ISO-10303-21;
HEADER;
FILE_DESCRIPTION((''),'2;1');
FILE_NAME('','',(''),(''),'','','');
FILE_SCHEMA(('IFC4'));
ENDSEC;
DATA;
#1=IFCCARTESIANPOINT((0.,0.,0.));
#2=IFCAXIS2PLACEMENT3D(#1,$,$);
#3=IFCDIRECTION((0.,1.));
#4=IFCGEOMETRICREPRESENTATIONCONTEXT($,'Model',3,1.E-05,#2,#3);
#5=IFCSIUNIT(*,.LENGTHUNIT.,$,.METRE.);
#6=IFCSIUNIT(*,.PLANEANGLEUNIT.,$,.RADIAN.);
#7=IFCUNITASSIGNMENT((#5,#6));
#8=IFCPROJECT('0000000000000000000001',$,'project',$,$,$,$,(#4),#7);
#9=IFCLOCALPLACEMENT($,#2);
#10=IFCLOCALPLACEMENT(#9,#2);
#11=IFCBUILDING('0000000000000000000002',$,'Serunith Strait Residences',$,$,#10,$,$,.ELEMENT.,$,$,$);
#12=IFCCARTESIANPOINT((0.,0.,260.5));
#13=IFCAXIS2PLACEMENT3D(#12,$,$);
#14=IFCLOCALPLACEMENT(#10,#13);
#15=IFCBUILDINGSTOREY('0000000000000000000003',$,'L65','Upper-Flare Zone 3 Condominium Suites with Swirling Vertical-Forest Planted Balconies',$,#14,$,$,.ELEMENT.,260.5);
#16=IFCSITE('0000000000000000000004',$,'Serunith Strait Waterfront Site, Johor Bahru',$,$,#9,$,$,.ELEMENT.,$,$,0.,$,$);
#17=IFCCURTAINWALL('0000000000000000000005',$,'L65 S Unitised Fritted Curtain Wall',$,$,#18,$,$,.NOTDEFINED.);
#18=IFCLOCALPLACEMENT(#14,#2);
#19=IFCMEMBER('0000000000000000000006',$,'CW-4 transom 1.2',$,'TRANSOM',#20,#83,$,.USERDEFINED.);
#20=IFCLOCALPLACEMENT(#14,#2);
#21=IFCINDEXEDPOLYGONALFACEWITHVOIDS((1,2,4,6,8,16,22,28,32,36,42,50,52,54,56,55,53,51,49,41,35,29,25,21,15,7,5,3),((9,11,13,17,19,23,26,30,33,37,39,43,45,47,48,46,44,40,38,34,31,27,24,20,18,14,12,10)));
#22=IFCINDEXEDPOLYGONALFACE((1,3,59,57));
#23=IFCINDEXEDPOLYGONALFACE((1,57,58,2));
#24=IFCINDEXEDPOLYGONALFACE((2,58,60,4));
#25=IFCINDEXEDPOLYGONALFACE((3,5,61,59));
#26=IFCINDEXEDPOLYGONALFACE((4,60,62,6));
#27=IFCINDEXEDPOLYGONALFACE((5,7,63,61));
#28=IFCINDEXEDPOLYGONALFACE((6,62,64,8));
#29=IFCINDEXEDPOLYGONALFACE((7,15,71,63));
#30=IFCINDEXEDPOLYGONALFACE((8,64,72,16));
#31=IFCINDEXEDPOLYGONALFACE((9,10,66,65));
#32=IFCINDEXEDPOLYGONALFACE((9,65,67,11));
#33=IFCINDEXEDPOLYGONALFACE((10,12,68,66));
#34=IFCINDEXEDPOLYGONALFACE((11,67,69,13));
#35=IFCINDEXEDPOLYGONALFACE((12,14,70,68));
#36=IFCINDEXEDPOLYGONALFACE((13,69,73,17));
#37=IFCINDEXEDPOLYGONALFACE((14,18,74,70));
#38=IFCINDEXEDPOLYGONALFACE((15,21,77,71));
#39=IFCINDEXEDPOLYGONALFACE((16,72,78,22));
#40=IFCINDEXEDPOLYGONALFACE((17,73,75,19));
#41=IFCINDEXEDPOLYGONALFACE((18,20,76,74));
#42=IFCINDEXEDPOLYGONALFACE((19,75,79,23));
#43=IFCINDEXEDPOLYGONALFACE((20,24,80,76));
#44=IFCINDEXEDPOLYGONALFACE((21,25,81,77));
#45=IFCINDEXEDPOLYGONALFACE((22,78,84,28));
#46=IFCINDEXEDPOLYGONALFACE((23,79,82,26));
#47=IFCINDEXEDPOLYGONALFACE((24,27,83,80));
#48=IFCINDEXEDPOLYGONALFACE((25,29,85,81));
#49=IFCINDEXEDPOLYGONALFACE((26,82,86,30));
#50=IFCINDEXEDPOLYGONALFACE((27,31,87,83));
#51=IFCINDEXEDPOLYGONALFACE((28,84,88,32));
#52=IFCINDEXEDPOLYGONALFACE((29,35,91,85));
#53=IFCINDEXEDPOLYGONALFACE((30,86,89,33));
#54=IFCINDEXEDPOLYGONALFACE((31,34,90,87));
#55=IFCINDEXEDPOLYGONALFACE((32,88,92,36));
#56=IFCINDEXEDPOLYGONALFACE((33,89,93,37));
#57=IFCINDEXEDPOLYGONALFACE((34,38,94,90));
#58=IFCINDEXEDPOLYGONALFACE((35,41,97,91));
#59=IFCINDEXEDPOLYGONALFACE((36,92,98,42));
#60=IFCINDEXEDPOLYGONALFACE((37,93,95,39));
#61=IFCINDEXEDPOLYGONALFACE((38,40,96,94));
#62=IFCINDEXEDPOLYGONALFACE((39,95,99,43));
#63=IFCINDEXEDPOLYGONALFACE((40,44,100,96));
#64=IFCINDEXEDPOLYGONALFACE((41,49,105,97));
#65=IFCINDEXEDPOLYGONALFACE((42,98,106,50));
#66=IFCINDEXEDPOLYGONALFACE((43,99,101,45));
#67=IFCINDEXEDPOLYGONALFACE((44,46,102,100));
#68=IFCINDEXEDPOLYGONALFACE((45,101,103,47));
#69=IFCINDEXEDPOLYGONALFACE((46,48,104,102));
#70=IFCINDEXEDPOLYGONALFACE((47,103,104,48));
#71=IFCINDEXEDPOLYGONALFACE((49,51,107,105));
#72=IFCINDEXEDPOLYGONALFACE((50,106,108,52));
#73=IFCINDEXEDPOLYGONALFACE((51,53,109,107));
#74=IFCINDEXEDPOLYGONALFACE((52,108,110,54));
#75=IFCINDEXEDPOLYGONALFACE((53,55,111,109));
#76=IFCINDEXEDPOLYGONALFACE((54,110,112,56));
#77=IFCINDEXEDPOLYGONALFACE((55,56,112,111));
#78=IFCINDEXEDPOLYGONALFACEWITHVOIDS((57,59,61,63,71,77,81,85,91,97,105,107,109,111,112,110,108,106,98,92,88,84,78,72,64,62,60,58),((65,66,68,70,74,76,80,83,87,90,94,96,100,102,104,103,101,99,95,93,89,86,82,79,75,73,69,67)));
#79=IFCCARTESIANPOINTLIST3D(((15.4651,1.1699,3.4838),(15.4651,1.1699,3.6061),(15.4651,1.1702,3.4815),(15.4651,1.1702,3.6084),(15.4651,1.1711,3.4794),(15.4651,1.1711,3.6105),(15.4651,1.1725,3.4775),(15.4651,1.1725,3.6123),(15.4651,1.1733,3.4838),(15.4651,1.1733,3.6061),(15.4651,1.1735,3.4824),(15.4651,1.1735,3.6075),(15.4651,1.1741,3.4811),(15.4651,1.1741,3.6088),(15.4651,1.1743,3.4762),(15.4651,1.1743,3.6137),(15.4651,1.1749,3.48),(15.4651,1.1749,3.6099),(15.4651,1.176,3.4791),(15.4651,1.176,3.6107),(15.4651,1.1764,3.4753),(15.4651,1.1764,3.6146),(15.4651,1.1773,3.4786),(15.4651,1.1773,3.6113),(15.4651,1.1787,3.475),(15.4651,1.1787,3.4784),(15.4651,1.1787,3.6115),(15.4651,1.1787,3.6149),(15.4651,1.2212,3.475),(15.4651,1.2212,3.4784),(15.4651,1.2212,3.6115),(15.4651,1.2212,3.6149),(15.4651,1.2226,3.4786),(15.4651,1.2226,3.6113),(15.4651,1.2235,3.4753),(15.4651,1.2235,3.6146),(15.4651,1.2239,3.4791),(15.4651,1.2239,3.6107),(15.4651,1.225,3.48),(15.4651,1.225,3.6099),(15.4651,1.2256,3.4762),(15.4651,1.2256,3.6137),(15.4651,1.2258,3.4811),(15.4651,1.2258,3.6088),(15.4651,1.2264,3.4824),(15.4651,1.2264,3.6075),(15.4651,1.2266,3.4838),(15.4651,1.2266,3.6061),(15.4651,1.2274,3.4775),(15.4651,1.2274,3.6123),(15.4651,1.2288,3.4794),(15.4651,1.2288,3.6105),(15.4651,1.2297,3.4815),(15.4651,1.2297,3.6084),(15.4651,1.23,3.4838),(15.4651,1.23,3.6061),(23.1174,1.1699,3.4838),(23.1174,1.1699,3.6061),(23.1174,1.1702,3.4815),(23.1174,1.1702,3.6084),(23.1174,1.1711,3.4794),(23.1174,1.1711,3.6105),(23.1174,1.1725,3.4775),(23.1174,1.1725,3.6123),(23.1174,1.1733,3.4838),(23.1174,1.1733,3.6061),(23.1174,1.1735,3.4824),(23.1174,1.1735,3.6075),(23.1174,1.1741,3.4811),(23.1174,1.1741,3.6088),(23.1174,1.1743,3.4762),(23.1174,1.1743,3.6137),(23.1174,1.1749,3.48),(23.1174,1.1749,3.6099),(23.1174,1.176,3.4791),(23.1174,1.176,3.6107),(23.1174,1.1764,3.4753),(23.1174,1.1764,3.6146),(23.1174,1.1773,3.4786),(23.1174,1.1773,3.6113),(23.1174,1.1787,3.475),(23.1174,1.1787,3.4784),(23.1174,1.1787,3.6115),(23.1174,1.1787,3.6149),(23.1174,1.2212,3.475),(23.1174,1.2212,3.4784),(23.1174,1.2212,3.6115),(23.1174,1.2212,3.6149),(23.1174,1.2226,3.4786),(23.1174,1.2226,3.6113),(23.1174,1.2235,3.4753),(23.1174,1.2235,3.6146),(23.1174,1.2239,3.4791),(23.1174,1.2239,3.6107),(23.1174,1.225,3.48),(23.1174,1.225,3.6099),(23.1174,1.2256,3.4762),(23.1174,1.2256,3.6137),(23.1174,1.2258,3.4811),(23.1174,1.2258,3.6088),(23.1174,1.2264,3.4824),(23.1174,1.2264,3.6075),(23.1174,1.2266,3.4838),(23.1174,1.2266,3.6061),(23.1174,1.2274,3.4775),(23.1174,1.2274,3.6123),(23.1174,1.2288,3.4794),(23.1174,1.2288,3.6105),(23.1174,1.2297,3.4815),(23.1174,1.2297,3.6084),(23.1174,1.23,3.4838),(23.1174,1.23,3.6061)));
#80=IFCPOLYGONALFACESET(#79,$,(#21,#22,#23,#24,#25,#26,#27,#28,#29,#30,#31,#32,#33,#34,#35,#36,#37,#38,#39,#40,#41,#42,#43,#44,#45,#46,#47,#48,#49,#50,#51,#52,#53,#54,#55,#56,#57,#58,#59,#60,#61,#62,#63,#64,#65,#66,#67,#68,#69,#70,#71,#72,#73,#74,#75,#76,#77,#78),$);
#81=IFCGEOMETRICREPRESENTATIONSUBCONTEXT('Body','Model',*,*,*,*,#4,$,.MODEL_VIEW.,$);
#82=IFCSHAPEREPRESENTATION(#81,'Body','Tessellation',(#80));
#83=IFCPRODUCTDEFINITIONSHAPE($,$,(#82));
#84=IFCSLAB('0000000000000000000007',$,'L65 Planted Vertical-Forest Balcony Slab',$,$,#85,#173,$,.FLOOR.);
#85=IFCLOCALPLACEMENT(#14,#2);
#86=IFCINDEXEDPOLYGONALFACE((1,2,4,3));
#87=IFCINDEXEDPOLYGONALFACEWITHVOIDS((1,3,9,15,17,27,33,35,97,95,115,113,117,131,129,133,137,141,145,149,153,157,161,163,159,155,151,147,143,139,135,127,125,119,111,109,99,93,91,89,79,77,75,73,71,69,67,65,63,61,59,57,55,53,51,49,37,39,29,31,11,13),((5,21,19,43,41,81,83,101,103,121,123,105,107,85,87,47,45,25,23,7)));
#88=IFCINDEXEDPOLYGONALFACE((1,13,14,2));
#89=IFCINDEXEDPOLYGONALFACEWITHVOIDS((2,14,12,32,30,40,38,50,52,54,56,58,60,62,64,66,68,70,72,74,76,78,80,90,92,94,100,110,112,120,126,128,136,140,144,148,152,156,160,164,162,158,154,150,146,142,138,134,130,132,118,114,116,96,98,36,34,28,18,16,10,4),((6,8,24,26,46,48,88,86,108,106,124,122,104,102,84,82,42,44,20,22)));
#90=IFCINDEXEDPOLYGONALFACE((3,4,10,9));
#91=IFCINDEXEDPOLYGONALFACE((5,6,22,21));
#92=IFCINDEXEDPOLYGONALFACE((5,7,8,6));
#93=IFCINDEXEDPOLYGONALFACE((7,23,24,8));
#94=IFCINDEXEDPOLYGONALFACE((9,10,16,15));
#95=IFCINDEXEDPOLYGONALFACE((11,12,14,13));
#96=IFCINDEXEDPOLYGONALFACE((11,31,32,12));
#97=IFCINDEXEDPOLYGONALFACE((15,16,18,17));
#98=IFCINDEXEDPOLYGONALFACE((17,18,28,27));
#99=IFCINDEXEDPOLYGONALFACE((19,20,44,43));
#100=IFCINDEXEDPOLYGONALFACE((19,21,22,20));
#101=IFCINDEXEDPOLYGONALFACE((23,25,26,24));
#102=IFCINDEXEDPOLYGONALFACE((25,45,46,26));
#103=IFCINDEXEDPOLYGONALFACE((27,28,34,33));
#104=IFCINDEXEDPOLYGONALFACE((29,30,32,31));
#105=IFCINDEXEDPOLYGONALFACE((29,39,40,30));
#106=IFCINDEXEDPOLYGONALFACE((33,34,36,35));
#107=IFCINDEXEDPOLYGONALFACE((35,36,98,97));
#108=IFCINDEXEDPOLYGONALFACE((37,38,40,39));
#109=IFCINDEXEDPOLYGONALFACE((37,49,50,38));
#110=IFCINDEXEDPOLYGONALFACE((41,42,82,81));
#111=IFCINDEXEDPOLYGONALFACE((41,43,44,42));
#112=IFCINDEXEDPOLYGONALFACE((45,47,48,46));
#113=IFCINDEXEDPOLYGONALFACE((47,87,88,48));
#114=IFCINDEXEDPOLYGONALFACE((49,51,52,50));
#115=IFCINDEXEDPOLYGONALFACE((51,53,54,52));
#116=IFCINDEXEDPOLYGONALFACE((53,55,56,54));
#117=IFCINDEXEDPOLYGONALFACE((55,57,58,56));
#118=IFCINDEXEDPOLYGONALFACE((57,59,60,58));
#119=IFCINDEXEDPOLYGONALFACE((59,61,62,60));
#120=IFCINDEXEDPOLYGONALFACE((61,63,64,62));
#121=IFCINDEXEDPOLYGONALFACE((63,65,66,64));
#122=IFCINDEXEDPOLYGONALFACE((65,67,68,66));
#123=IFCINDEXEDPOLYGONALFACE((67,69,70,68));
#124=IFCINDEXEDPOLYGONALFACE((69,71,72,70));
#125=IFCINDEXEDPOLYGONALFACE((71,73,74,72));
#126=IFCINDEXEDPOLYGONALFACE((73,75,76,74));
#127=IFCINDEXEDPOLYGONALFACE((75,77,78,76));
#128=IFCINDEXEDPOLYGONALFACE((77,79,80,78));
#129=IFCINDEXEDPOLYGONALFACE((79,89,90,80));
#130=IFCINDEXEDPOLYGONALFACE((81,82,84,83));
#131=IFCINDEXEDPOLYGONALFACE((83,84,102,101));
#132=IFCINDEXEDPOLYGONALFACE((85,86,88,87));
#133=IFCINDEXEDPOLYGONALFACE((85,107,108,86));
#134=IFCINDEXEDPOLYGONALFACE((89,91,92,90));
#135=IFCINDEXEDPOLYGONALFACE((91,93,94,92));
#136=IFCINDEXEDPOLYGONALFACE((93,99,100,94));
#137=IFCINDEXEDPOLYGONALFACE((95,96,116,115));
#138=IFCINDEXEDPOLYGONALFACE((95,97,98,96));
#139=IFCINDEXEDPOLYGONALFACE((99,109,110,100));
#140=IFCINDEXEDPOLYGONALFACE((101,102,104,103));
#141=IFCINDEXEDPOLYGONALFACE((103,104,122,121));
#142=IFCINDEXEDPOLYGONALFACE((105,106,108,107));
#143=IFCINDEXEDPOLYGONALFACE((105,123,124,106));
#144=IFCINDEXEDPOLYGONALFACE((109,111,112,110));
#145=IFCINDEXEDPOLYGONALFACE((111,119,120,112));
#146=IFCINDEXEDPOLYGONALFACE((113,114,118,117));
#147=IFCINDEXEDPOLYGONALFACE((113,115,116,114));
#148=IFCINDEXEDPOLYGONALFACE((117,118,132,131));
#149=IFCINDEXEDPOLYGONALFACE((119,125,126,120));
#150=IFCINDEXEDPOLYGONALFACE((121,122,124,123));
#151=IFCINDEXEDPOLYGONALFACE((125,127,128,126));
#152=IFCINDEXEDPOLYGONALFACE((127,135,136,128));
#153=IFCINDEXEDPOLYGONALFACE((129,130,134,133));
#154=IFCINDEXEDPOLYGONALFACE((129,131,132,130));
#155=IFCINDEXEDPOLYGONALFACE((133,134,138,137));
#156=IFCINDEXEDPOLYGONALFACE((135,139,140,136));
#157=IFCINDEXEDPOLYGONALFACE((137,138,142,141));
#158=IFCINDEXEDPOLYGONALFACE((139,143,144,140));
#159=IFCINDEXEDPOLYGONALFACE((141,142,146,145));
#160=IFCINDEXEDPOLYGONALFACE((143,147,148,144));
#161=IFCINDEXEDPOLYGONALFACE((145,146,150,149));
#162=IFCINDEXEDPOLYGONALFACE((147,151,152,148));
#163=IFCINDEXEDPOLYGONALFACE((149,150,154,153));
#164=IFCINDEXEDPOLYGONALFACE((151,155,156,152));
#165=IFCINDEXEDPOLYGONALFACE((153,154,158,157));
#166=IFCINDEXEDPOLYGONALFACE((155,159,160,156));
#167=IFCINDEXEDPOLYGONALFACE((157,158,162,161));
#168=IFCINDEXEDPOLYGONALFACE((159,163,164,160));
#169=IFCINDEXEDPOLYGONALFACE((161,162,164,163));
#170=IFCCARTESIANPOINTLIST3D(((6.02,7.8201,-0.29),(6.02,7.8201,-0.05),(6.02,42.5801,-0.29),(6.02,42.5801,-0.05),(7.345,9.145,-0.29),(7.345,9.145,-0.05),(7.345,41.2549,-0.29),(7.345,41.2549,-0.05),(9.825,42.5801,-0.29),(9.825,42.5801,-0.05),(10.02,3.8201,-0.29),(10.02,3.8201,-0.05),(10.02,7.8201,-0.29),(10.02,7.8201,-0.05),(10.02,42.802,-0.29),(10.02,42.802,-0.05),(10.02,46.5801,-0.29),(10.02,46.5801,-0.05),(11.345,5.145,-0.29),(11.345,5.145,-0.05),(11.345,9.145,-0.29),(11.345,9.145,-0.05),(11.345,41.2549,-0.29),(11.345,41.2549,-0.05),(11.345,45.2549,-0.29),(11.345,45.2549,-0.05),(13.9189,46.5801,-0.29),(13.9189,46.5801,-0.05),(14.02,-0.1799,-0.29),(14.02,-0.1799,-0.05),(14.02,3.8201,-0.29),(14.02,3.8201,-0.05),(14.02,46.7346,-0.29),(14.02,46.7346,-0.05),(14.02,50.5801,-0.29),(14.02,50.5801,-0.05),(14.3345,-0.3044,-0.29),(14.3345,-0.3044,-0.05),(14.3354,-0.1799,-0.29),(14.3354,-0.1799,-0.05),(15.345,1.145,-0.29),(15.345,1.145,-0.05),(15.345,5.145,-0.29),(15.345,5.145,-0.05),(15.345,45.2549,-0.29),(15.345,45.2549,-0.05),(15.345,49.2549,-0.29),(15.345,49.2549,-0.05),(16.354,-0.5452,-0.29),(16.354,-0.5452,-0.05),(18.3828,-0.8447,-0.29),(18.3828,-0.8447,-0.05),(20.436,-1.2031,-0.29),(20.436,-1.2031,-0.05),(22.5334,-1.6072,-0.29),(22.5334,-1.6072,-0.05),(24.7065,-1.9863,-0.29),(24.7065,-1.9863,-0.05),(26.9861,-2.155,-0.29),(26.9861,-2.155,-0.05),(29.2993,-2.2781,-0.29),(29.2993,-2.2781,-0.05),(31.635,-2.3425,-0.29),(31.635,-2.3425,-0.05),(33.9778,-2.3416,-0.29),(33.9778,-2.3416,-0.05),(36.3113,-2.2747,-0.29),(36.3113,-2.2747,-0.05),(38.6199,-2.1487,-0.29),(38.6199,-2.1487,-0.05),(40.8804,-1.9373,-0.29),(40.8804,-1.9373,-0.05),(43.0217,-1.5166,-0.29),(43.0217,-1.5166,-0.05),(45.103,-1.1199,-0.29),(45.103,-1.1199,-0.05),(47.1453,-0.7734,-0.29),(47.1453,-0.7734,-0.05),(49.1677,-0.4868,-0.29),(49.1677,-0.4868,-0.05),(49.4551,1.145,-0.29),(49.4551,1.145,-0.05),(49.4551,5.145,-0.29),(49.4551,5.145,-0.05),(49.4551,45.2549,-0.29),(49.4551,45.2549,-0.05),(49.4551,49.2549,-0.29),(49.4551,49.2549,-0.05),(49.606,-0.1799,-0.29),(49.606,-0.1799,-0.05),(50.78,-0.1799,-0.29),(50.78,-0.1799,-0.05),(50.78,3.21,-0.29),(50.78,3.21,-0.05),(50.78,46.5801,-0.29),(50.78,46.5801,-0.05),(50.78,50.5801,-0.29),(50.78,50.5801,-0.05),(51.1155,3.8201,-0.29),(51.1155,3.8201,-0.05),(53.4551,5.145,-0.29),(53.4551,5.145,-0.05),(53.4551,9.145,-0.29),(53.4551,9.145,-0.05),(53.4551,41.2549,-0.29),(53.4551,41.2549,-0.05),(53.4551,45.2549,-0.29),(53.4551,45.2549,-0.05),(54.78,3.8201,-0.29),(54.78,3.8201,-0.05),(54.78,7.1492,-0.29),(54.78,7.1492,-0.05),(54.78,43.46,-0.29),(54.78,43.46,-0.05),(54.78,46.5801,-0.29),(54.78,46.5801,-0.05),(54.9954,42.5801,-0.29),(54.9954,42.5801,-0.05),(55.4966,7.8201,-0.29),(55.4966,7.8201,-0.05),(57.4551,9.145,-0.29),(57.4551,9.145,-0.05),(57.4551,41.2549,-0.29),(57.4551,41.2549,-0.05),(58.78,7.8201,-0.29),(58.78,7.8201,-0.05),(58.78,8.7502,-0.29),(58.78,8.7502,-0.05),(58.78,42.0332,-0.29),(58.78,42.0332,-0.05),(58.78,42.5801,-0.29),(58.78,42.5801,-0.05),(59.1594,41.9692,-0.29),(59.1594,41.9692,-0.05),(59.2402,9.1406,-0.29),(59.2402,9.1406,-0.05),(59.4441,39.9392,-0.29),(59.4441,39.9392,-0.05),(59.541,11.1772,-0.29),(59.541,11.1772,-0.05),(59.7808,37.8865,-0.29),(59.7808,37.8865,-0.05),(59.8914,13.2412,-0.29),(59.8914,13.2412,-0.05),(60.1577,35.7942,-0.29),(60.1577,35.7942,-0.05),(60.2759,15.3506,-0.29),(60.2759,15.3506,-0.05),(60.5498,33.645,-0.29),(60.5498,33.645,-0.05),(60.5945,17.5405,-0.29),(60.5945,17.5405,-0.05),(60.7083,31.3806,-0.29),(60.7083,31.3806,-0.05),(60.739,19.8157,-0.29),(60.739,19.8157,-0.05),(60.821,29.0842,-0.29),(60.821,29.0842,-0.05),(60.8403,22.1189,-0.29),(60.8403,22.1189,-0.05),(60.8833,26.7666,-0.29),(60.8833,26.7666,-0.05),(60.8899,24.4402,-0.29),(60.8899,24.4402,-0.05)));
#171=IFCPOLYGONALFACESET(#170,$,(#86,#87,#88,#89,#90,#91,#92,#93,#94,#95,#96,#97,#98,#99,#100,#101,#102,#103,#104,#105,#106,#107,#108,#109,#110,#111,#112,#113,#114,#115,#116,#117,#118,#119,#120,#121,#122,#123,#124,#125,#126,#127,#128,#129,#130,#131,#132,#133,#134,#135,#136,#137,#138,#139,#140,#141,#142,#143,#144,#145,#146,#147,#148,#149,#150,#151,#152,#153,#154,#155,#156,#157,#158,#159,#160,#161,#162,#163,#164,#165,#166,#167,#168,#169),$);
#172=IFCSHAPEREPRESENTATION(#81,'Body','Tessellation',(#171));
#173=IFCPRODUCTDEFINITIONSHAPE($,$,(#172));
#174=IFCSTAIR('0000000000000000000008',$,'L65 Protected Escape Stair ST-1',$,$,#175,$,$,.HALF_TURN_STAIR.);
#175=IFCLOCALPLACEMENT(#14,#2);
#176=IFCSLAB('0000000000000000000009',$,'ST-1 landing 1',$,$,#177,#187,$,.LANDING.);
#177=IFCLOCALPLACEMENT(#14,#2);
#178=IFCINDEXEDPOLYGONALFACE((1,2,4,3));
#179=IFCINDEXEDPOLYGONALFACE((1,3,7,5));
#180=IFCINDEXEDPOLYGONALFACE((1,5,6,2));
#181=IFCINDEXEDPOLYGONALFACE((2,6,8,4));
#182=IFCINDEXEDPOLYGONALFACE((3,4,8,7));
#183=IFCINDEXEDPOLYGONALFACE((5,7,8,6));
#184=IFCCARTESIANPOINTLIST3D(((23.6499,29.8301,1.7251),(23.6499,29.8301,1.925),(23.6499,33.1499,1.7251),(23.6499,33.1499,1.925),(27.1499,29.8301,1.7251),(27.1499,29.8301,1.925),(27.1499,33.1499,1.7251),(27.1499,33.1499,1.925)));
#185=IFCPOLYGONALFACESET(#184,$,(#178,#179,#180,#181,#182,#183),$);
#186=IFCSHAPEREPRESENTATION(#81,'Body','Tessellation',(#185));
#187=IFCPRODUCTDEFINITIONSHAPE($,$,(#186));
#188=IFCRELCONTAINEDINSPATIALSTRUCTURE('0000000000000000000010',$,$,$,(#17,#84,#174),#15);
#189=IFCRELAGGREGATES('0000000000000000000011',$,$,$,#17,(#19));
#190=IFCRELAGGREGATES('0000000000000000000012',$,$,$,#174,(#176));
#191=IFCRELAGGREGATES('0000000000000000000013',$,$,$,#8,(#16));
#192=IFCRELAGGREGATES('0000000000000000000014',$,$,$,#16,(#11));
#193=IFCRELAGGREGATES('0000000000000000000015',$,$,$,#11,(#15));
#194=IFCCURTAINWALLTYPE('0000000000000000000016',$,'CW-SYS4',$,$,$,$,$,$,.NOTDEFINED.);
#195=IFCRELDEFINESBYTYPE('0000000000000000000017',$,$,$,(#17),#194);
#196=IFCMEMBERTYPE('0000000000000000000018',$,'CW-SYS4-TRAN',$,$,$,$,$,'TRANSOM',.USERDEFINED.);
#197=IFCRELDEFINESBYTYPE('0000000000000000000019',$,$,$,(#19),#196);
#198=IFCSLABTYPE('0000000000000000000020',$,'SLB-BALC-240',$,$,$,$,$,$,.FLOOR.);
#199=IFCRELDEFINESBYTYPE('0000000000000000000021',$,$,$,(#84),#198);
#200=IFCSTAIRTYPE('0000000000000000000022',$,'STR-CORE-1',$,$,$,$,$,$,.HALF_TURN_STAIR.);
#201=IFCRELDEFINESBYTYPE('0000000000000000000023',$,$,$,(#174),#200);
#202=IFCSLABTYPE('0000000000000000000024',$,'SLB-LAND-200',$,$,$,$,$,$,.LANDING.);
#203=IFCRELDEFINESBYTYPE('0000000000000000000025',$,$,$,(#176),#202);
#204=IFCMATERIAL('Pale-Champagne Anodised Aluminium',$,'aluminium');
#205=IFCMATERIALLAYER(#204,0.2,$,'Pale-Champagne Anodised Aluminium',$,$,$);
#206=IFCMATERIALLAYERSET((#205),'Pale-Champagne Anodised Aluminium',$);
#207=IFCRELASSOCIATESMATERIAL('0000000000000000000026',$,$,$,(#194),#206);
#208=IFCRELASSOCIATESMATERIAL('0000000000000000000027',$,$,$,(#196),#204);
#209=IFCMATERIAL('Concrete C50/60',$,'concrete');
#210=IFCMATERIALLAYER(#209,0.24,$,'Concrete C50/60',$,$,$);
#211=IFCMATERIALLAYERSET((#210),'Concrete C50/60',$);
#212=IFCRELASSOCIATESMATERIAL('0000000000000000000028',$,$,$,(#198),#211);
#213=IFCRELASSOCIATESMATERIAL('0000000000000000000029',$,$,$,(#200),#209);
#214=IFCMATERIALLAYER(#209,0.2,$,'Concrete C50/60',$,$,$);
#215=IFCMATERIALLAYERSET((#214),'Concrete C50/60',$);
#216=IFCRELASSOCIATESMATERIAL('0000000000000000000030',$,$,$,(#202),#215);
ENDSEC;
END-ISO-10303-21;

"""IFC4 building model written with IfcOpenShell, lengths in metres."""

from ifc_helpers import new_model, si_unit, direction, frame, origin, origin_2d, place, context, subcontext, project, spatial, polyline, hollow_rectangle, outline, extrude, source, transform, mapped, material, layer, layer_set, material_profile, profile_set, type_object, element, aggregate, save


model = new_model("IFC4")

# Units and contexts
model_context = context("Model", 3, precision=1e-05, world=origin(), true_north=direction((0.0, 1.0)))
body_context = subcontext(model_context, "Body", "Model", "MODEL_VIEW")
ifc_project = project(units=[si_unit("LENGTHUNIT", "METRE"), si_unit("PLANEANGLEUNIT", "RADIAN")], contexts=[model_context])

# Site, building, storey
site_placement = place(None, origin())
site = spatial("IfcSite", under=ifc_project, at=site_placement, Name="Serunith Strait Waterfront Site, Johor Bahru", CompositionType="ELEMENT", RefElevation=0.0)
building_placement = place(site_placement, origin())
building = spatial("IfcBuilding", under=site, at=building_placement, Name="Serunith Strait Residences", CompositionType="ELEMENT")
storey_placement = place(building_placement, frame((0.0, 0.0, 260.5)))
storey = spatial("IfcBuildingStorey", under=building, at=storey_placement, Name="L65", Description="Upper-Flare Zone 3 Condominium Suites with Swirling Vertical-Forest Planted Balconies", CompositionType="ELEMENT", Elevation=260.5)

# Curtain wall
ifc_material_1 = material(Name="Pale-Champagne Anodised Aluminium", Category="aluminium")
ifc_layer_1 = layer(ifc_material_1, 0.2, Name="Pale-Champagne Anodised Aluminium")
ifc_layer_set_1 = layer_set([ifc_layer_1], Name="Pale-Champagne Anodised Aluminium")
curtain_wall_type = type_object("IfcCurtainWallType", Name="CW-SYS4", PredefinedType="NOTDEFINED", material=ifc_layer_set_1)
curtain_wall_1_placement = place(storey_placement, origin())
curtain_wall_1 = element("IfcCurtainWall", 1, at=curtain_wall_1_placement, inside=storey, type_object=curtain_wall_type, Name="L65 S Unitised Fritted Curtain Wall", PredefinedType="NOTDEFINED")

# Member
ifc_material_profile_1 = material_profile(ifc_material_1, hollow_rectangle(XDim=0.0601, YDim=0.1399, WallThickness=0.0034, InnerFilletRadius=0.0054, OuterFilletRadius=0.0088, at=origin_2d()), Name="ALU 140x60x3.5")
ifc_profile_set_1 = profile_set([ifc_material_profile_1], Name="Pale-Champagne Anodised Aluminium")
member_type_1 = type_object("IfcMemberType", Name="CW-SYS4-TRAN", ElementType="TRANSOM", PredefinedType="USERDEFINED", material=ifc_profile_set_1)
shared_shape_1 = source(origin(), body_context, "Body", "SweptSolid", [
    extrude(hollow_rectangle(XDim=0.0601, YDim=0.1399, WallThickness=0.0034, InnerFilletRadius=0.0054, OuterFilletRadius=0.0088, at=origin_2d()), origin(), (0.0, 0.0, 1.0), 7.6523),
])
member_1_placement = place(storey_placement, frame((15.4651, 1.2, 3.5449), z_axis=(1.0, 0.0, 0.0), x_axis=(0.0, 1.0, 0.0)))
member_1 = element("IfcMember", 2, at=member_1_placement, type_object=member_type_1, Name="CW-4 transom 1.2", ObjectType="TRANSOM", PredefinedType="USERDEFINED", context=body_context, shape_type="MappedRepresentation", body=[
    mapped(shared_shape_1, transform((0.0, 0.0, 0.0), scale=1.0)),
])
aggregate(curtain_wall_1, [member_1])

# Slab
ifc_material_2 = material(Name="Concrete C50/60", Category="concrete")
ifc_layer_2 = layer(ifc_material_2, 0.24, Name="Concrete C50/60")
ifc_layer_set_2 = layer_set([ifc_layer_2], Name="Concrete C50/60")
slab_type_1 = type_object("IfcSlabType", Name="SLB-BALC-240", PredefinedType="FLOOR", material=ifc_layer_set_2)
slab_1_placement = place(storey_placement, frame((0.0, 0.0, -0.29)))
element("IfcSlab", 3, at=slab_1_placement, inside=storey, type_object=slab_type_1, Name="L65 Planted Vertical-Forest Balcony Slab", PredefinedType="FLOOR", context=body_context, shape_type="SweptSolid", body=[
    extrude(outline(polyline([(14.02, -0.1799), (14.02, 3.8201), (10.02, 3.8201), (10.02, 7.8201), (6.02, 7.8201), (6.02, 42.5801), (9.825, 42.5801), (10.02, 42.802), (10.02, 46.5801), (13.9189, 46.5801), (14.02, 46.7346), (14.02, 50.5801), (50.78, 50.5801), (50.78, 46.5801), (54.78, 46.5801), (54.78, 43.46), (54.9954, 42.5801), (58.78, 42.5801), (58.78, 42.0332), (59.1594, 41.9692), (59.4441, 39.9392), (59.7808, 37.8865), (60.1577, 35.7942), (60.5498, 33.645), (60.7083, 31.3806), (60.821, 29.0842), (60.8833, 26.7666), (60.8899, 24.4402), (60.8403, 22.1189), (60.739, 19.8157), (60.5945, 17.5405), (60.2759, 15.3506), (59.8914, 13.2412), (59.541, 11.1772), (59.2402, 9.1406), (58.78, 8.7502), (58.78, 7.8201), (55.4966, 7.8201), (54.78, 7.1492), (54.78, 3.8201), (51.1155, 3.8201), (50.78, 3.21), (50.78, -0.1799), (49.606, -0.1799), (49.1677, -0.4868), (47.1453, -0.7734), (45.103, -1.1199), (43.0217, -1.5166), (40.8804, -1.9373), (38.6199, -2.1487), (36.3113, -2.2747), (33.9778, -2.3416), (31.635, -2.3425), (29.2993, -2.2781), (26.9861, -2.155), (24.7065, -1.9863), (22.5334, -1.6072), (20.436, -1.2031), (18.3828, -0.8447), (16.354, -0.5452), (14.3345, -0.3044), (14.3354, -0.1799), (14.02, -0.1799)]), holes=[polyline([(49.4551, 1.145), (49.4551, 5.145), (53.4551, 5.145), (53.4551, 9.145), (57.4551, 9.145), (57.4551, 41.2549), (53.4551, 41.2549), (53.4551, 45.2549), (49.4551, 45.2549), (49.4551, 49.2549), (15.345, 49.2549), (15.345, 45.2549), (11.345, 45.2549), (11.345, 41.2549), (7.345, 41.2549), (7.345, 9.145), (11.345, 9.145), (11.345, 5.145), (15.345, 5.145), (15.345, 1.145), (49.4551, 1.145)])]), origin(), (0.0, 0.0, 1.0), 0.24),
])

# Stair, slab
stair_type_1 = type_object("IfcStairType", Name="STR-CORE-1", PredefinedType="HALF_TURN_STAIR", material=ifc_material_2)
stair_1_placement = place(storey_placement, origin())
stair_1 = element("IfcStair", 4, at=stair_1_placement, inside=storey, type_object=stair_type_1, Name="L65 Protected Escape Stair ST-1", PredefinedType="HALF_TURN_STAIR")
ifc_layer_3 = layer(ifc_material_2, 0.2, Name="Concrete C50/60")
ifc_layer_set_3 = layer_set([ifc_layer_3], Name="Concrete C50/60")
slab_type_2 = type_object("IfcSlabType", Name="SLB-LAND-200", PredefinedType="LANDING", material=ifc_layer_set_3)
slab_2_placement = place(storey_placement, frame((0.0, 0.0, 1.7251)))
slab_2 = element("IfcSlab", 5, at=slab_2_placement, type_object=slab_type_2, Name="ST-1 landing 1", PredefinedType="LANDING", context=body_context, shape_type="SweptSolid", body=[
    extrude(outline(polyline([(27.1499, 29.8301), (27.1499, 33.1499), (23.6499, 33.1499), (23.6499, 29.8301), (27.1499, 29.8301)])), origin(), (0.0, 0.0, 1.0), 0.2),
])
aggregate(stair_1, [slab_2])

save(model, "model.ifc")
